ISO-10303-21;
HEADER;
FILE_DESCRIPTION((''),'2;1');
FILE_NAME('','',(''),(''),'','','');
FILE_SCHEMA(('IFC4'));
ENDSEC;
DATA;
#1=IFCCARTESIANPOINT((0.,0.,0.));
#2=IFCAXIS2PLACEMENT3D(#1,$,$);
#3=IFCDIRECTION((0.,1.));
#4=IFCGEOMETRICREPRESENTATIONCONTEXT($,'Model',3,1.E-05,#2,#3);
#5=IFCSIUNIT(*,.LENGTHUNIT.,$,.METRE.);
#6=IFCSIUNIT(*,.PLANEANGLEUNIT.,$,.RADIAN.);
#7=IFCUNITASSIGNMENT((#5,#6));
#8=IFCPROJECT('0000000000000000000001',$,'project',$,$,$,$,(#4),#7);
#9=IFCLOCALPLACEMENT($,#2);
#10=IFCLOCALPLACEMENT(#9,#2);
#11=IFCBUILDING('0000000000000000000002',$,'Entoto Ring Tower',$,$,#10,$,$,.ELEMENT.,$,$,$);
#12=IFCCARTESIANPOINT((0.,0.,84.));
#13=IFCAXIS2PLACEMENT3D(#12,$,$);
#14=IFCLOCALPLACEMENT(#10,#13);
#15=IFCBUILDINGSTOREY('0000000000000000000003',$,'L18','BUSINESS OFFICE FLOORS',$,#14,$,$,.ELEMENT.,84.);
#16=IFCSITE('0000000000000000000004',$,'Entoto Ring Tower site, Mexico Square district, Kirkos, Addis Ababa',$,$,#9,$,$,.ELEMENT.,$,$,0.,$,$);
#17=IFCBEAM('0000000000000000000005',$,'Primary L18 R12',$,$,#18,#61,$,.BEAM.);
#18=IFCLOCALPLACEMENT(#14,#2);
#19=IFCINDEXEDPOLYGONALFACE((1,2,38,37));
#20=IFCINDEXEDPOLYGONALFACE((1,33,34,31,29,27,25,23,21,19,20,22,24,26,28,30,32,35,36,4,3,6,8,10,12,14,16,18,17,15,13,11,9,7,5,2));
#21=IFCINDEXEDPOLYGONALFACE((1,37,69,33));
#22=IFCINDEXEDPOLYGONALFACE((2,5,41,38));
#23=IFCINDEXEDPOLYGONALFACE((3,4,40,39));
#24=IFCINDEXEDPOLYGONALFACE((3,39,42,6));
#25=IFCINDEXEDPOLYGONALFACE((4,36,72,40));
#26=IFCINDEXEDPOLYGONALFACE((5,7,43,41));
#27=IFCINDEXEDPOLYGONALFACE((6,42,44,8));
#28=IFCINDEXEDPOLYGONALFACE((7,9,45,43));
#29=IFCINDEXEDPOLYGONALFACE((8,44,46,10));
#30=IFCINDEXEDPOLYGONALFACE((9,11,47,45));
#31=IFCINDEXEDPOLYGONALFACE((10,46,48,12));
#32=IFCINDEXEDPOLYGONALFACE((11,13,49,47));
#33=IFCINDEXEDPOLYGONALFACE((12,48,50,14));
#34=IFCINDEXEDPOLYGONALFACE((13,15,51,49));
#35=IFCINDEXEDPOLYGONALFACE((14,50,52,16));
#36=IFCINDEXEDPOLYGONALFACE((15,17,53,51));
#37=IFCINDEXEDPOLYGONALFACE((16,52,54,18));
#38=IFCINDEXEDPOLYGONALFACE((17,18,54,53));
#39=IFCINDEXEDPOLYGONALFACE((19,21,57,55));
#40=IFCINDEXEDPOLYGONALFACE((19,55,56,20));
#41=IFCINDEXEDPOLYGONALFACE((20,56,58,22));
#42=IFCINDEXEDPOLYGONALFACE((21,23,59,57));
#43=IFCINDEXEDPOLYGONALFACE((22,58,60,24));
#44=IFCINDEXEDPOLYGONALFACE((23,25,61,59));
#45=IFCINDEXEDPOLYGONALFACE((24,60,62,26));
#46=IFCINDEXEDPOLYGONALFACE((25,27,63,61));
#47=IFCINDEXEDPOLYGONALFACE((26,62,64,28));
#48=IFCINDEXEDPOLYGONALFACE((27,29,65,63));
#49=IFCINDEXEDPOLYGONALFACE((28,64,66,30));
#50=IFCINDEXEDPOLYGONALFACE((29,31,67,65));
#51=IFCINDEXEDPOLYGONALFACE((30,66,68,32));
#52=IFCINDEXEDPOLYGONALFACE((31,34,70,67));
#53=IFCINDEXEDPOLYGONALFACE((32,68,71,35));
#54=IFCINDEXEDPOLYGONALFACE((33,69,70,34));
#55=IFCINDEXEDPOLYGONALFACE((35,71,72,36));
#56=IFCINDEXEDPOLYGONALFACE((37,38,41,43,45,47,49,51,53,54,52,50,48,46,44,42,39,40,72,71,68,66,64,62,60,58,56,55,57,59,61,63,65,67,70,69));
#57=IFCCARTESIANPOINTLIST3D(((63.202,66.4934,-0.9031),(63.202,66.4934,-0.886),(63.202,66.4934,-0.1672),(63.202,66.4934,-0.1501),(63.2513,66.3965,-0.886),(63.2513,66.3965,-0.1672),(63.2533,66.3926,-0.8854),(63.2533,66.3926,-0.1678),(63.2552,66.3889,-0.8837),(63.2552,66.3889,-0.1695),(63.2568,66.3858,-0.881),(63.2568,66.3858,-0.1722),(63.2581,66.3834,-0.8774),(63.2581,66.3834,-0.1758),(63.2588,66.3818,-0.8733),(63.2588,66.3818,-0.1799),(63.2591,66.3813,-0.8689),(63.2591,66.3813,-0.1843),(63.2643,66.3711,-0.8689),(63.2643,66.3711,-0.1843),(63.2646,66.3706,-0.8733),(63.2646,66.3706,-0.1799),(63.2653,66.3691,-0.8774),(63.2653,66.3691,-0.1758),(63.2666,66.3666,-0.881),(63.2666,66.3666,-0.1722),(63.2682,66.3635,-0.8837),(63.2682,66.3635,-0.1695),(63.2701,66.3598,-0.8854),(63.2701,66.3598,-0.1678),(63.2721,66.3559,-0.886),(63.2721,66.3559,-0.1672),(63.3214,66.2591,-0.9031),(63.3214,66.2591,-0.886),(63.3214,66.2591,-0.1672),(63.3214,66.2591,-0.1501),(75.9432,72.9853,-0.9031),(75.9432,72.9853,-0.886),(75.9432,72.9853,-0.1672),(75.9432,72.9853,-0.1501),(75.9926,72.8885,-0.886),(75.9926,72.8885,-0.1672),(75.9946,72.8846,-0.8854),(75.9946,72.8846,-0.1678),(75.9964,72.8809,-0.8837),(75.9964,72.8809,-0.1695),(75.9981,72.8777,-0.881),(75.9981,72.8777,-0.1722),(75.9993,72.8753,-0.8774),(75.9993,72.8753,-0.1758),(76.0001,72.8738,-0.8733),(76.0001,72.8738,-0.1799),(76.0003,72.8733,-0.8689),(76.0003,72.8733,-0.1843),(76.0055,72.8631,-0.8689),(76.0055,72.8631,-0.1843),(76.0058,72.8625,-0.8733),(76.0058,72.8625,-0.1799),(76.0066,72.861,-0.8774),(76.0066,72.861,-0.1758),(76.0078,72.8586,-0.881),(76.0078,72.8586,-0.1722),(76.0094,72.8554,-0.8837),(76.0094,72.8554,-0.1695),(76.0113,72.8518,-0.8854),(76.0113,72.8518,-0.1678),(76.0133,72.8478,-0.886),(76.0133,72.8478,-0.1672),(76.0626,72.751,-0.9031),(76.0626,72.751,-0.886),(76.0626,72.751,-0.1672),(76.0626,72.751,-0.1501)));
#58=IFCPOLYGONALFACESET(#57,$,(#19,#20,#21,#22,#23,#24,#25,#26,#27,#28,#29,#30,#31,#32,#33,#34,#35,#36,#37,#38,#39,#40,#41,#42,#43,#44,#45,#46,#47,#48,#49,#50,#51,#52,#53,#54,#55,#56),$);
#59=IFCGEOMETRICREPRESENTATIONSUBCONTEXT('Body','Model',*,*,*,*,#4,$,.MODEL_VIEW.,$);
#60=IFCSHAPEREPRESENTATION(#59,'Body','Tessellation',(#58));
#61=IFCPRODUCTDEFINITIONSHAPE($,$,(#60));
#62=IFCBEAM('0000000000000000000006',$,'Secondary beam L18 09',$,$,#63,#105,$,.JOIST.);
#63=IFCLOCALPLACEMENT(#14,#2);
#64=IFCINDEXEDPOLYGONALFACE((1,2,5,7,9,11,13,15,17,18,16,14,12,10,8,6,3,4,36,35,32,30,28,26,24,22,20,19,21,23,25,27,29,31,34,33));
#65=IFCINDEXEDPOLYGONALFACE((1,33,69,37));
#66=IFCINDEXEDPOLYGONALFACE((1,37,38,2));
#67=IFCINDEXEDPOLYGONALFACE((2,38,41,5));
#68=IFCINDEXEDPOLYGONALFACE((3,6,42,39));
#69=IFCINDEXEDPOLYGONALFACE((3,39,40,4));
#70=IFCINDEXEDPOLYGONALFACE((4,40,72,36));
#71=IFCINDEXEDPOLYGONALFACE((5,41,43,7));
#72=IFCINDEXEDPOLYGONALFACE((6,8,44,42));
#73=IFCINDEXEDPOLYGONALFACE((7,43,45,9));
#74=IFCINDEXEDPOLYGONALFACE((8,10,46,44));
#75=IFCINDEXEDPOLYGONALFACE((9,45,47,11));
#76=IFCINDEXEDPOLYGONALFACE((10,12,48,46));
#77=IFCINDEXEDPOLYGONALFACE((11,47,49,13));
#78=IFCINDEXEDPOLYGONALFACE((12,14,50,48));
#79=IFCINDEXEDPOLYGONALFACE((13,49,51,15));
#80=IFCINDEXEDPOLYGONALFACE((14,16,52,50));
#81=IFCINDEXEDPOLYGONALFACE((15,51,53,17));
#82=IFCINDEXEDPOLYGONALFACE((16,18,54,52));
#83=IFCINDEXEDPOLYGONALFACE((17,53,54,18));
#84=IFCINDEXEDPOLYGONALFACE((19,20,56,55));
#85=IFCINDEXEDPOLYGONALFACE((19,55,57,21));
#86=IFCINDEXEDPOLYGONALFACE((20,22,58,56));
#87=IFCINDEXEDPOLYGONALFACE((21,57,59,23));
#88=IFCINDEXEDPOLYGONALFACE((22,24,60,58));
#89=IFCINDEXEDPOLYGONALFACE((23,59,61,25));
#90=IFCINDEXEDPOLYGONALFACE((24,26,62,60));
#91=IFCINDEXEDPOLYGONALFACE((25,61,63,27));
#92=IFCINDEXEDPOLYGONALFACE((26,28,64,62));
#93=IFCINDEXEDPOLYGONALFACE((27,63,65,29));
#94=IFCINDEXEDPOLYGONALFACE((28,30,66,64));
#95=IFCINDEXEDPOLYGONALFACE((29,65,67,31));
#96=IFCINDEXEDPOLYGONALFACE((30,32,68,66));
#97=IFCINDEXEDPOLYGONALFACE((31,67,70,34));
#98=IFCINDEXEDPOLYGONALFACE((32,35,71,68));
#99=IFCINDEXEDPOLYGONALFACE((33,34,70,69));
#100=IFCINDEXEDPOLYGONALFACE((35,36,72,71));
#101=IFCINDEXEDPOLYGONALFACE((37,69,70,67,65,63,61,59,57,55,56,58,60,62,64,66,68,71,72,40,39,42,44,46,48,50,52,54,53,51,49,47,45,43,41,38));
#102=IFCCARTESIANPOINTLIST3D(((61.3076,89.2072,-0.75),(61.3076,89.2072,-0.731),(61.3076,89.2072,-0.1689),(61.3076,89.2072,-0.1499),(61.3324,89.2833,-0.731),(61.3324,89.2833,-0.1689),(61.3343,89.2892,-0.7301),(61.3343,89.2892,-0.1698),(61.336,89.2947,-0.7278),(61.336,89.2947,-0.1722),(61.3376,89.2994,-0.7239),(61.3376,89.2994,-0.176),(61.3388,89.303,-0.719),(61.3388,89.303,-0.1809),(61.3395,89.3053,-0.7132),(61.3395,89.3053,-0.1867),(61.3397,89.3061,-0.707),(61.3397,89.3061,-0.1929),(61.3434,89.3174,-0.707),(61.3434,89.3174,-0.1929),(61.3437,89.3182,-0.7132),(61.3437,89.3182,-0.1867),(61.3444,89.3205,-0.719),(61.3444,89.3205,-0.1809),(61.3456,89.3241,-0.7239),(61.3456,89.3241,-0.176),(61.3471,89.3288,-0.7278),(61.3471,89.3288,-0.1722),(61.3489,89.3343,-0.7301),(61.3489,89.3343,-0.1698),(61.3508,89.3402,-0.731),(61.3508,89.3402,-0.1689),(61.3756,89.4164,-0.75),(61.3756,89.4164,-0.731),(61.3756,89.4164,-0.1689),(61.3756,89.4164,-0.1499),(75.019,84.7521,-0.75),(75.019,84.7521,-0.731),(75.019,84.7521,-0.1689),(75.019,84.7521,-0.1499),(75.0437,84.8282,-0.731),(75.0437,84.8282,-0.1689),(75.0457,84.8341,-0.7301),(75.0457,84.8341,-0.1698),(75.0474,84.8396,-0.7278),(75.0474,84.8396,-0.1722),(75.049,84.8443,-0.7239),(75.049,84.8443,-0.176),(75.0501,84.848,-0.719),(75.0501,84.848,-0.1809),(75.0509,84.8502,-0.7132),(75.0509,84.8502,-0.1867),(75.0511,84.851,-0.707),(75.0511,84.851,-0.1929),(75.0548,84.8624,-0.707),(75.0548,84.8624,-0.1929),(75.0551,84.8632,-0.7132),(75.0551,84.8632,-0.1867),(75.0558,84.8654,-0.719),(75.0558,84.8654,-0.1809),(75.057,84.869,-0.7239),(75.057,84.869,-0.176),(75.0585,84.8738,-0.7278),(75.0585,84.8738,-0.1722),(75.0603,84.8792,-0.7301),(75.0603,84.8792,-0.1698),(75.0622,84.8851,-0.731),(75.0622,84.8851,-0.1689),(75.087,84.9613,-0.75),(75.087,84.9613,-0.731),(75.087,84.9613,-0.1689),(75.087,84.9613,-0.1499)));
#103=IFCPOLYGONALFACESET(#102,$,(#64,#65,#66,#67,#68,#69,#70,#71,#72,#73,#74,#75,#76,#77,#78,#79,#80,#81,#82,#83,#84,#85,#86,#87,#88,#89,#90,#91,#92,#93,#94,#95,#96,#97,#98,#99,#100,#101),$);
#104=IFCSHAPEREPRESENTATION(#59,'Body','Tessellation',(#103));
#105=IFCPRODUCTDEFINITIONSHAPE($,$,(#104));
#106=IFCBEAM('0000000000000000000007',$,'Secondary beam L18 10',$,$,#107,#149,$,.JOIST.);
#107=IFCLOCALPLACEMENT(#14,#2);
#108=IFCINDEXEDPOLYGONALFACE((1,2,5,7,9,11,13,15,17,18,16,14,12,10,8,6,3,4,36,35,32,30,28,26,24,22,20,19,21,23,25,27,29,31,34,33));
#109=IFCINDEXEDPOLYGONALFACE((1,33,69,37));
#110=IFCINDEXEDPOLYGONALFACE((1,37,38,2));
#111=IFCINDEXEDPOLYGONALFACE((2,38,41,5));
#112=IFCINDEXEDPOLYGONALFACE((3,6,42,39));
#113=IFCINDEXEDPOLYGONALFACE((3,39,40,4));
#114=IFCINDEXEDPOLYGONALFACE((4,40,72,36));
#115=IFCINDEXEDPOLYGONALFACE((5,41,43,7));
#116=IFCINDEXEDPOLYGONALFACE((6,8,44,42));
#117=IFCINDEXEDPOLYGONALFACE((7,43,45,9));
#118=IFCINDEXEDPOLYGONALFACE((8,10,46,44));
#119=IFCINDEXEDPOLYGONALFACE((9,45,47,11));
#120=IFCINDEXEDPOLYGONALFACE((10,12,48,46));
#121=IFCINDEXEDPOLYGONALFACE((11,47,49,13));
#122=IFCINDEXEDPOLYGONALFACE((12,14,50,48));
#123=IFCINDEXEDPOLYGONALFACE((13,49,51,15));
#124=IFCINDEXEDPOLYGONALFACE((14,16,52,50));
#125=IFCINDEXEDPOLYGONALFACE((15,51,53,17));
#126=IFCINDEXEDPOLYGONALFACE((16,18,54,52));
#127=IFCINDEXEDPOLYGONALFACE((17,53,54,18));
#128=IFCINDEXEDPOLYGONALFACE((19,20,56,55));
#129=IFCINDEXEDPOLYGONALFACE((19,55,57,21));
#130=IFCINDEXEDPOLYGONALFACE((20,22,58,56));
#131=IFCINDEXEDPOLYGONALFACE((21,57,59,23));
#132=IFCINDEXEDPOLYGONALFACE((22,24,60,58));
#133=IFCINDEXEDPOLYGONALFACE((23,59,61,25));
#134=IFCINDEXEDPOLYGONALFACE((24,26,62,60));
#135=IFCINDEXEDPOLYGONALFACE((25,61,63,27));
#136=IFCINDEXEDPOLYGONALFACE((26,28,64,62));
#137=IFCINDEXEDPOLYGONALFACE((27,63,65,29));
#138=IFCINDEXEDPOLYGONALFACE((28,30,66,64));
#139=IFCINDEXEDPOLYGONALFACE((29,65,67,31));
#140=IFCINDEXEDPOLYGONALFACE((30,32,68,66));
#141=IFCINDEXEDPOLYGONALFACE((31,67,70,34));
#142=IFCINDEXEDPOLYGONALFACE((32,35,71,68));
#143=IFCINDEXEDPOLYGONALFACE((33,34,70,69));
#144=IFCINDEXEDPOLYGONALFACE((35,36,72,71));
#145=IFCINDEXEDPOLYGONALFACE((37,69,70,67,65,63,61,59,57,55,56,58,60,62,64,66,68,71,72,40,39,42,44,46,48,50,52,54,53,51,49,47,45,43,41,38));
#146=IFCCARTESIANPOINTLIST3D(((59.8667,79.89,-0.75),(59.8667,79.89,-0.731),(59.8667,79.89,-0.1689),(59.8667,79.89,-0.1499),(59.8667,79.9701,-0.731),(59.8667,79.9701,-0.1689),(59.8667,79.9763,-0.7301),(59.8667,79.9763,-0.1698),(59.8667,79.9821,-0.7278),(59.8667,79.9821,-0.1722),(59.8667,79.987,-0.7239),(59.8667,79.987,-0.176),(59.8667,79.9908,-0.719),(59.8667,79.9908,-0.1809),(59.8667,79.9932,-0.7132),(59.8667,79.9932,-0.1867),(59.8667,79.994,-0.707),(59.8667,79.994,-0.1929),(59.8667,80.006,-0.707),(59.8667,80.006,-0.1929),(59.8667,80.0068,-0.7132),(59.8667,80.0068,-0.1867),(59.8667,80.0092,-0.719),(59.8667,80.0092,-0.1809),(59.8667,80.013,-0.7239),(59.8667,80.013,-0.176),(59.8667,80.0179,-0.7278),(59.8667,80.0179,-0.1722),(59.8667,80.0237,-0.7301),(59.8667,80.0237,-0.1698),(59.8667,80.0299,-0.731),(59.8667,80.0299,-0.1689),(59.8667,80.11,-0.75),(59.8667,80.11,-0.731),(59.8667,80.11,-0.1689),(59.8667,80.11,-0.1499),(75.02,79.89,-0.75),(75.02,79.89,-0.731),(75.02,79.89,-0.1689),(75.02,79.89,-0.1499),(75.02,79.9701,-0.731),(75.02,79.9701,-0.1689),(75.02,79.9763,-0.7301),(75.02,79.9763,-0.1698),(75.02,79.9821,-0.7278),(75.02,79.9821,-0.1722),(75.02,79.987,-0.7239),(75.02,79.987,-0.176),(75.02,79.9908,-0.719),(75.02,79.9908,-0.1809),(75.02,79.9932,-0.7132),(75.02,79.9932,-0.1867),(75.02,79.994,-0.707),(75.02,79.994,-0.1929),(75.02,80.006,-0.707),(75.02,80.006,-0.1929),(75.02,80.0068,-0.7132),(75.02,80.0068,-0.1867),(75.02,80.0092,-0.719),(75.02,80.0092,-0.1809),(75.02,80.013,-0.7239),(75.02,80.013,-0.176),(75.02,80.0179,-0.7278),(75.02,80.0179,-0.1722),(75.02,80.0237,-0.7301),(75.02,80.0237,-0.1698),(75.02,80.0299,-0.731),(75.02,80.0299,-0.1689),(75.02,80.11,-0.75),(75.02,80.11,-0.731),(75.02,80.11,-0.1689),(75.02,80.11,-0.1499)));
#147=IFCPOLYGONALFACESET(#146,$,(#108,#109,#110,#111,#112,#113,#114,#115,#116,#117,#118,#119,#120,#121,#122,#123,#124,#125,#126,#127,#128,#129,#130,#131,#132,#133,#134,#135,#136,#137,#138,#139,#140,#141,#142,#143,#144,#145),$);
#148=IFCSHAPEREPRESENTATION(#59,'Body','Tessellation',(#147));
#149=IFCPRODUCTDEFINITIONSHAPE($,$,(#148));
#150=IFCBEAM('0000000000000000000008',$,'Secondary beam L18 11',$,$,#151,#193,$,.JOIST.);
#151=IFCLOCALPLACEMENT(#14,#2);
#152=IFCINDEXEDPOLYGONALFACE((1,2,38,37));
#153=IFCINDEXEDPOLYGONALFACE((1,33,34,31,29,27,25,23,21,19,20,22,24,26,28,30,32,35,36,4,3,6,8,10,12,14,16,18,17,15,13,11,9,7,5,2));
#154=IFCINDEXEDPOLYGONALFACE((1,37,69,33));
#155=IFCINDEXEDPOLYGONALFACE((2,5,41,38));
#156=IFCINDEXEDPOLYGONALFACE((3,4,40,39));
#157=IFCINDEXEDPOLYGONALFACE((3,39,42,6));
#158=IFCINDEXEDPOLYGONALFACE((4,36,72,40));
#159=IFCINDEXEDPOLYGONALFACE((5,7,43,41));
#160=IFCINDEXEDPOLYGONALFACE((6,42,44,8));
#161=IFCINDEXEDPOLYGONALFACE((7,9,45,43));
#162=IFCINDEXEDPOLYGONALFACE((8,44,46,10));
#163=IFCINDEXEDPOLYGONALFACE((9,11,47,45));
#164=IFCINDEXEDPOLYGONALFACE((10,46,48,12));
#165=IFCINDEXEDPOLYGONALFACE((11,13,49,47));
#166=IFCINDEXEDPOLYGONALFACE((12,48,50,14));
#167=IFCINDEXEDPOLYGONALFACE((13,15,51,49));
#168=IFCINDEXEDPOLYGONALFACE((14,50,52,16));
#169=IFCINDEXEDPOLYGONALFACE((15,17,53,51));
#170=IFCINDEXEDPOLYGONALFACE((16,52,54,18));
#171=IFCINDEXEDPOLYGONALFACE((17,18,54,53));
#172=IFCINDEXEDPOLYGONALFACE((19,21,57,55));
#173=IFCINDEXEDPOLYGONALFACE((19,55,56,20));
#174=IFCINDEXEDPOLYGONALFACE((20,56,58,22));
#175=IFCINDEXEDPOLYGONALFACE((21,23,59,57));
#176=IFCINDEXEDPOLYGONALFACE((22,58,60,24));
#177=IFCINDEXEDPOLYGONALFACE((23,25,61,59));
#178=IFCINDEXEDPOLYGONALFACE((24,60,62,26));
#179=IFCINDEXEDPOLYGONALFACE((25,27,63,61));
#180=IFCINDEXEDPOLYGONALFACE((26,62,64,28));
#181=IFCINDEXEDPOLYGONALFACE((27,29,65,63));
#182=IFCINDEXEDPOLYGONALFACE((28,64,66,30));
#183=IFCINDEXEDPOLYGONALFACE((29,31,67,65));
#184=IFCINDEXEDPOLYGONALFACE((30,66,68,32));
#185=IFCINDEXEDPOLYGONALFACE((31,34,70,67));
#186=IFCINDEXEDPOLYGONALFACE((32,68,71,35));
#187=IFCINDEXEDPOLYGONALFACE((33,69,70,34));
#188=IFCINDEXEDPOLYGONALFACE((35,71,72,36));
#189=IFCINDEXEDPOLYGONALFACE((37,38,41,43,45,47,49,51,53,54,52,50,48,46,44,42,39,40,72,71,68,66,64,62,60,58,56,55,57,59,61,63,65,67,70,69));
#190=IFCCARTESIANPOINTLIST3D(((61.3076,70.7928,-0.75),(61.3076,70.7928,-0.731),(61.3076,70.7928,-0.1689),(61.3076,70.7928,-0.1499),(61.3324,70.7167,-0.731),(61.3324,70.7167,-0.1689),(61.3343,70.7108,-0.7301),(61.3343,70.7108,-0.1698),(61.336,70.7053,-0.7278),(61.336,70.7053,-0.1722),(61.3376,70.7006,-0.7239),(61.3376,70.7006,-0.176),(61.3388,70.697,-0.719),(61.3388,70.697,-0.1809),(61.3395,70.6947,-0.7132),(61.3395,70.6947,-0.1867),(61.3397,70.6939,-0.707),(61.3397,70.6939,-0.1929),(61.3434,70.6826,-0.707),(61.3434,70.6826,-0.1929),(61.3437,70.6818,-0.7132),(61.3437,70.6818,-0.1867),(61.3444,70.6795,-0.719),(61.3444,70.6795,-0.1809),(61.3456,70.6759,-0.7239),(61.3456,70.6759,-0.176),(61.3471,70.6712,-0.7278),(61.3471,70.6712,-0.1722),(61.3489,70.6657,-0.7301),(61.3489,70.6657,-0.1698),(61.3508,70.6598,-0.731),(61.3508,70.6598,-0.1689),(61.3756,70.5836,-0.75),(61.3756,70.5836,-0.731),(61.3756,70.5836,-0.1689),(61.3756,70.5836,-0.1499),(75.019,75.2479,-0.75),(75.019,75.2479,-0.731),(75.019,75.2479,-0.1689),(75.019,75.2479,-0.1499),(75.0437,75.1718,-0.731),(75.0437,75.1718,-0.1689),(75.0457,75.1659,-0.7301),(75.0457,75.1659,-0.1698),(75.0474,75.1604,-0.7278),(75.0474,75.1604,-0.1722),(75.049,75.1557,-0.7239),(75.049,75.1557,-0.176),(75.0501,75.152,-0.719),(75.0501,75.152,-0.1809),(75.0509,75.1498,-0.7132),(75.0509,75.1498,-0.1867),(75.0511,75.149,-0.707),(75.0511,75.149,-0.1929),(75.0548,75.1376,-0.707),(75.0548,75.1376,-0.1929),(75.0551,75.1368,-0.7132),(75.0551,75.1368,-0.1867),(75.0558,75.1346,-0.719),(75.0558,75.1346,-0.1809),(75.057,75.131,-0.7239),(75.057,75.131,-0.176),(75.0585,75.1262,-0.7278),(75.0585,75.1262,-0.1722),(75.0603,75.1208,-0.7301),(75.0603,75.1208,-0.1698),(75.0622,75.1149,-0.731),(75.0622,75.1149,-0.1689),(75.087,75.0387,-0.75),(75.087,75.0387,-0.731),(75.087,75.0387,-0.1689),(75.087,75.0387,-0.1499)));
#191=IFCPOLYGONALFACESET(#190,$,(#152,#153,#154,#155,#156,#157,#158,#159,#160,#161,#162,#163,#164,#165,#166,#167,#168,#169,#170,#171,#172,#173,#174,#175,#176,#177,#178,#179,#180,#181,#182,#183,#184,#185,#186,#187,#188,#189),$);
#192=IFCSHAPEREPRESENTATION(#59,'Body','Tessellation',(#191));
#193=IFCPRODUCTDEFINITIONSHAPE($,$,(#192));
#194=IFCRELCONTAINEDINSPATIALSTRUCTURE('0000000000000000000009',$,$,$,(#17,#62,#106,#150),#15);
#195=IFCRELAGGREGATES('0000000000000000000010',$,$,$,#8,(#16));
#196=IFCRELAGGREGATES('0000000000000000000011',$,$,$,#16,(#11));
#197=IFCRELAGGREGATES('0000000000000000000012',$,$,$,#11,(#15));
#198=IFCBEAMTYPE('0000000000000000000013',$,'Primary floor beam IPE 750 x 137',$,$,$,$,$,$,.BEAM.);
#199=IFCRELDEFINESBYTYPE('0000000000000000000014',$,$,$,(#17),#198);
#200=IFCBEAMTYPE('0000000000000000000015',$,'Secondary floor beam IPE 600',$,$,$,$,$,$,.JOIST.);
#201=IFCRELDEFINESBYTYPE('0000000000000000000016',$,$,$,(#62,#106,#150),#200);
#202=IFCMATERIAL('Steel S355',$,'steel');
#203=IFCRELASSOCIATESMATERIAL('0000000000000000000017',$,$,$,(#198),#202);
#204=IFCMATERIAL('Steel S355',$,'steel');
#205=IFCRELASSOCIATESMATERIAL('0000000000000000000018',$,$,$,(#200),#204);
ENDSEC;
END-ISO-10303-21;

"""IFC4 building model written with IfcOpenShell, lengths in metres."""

from ifc_helpers import new_model, si_unit, direction, frame, origin, origin_2d, place, context, subcontext, project, spatial, i_section, extrude, material, material_profile, profile_set, type_object, element, save


model = new_model("IFC4")

# Units and contexts
model_context = context("Model", 3, precision=1e-05, world=origin(), true_north=direction((0.0, 1.0)))
body_context = subcontext(model_context, "Body", "Model", "MODEL_VIEW")
ifc_project = project(units=[si_unit("LENGTHUNIT", "METRE"), si_unit("PLANEANGLEUNIT", "RADIAN")], contexts=[model_context])

# Site, building, storey
site_placement = place(None, origin())
site = spatial("IfcSite", under=ifc_project, at=site_placement, Name="Entoto Ring Tower site, Mexico Square district, Kirkos, Addis Ababa", CompositionType="ELEMENT", RefElevation=0.0)
building_placement = place(site_placement, origin())
building = spatial("IfcBuilding", under=site, at=building_placement, Name="Entoto Ring Tower", CompositionType="ELEMENT")
storey_placement = place(building_placement, frame((0.0, 0.0, 84.0)))
storey = spatial("IfcBuildingStorey", under=building, at=storey_placement, Name="L18", Description="BUSINESS OFFICE FLOORS", CompositionType="ELEMENT", Elevation=84.0)

# Beams
ifc_material_1 = material(Name="Steel S355", Category="steel")
ifc_material_profile_1 = material_profile(ifc_material_1, i_section(OverallWidth=0.2629, OverallDepth=0.7529, WebThickness=0.0115, FlangeThickness=0.0171, FilletRadius=0.0171, at=origin_2d()), Name="IPE 750 x 137")
ifc_profile_set_1 = profile_set([ifc_material_profile_1], Name="Steel S355")
beam_type_1 = type_object("IfcBeamType", Name="Primary floor beam IPE 750 x 137", PredefinedType="BEAM", material=ifc_profile_set_1)
beam_1_placement = place(storey_placement, frame((76.0029, 72.8682, -0.5266), z_axis=(-0.891007, -0.453989, 0.0), x_axis=(0.453989, -0.891007, 0.0)))
element("IfcBeam", 1, at=beam_1_placement, inside=storey, type_object=beam_type_1, Name="Primary L18 R12", PredefinedType="BEAM", context=body_context, shape_type="SweptSolid", body=[
    extrude(i_section(OverallWidth=0.2629, OverallDepth=0.7529, WebThickness=0.0115, FlangeThickness=0.0171, FilletRadius=0.0171, at=origin_2d()), origin(), (0.0, 0.0, 1.0), 14.2998),
])
ifc_material_2 = material(Name="Steel S355", Category="steel")
ifc_material_profile_2 = material_profile(ifc_material_2, i_section(OverallWidth=0.22, OverallDepth=0.6001, WebThickness=0.012, FlangeThickness=0.019, FilletRadius=0.0239, at=origin_2d()), Name="IPE 600")
ifc_profile_set_2 = profile_set([ifc_material_profile_2], Name="Steel S355")
beam_type_2 = type_object("IfcBeamType", Name="Secondary floor beam IPE 600", PredefinedType="JOIST", material=ifc_profile_set_2)
beam_2_placement = place(storey_placement, frame((75.053, 84.8567, -0.45), z_axis=(-0.951057, 0.309015, 0.0), x_axis=(-0.309015, -0.951057, 0.0)))
element("IfcBeam", 2, at=beam_2_placement, inside=storey, type_object=beam_type_2, Name="Secondary beam L18 09", PredefinedType="JOIST", context=body_context, shape_type="SweptSolid", body=[
    extrude(i_section(OverallWidth=0.22, OverallDepth=0.6001, WebThickness=0.012, FlangeThickness=0.019, FilletRadius=0.0239, at=origin_2d()), origin(), (0.0, 0.0, 1.0), 14.417),
])
beam_3_placement = place(storey_placement, frame((75.02, 80.0, -0.45), z_axis=(-1.0, 0.0, 0.0), x_axis=(0.0, -1.0, 0.0)))
element("IfcBeam", 3, at=beam_3_placement, inside=storey, type_object=beam_type_2, Name="Secondary beam L18 10", PredefinedType="JOIST", context=body_context, shape_type="SweptSolid", body=[
    extrude(i_section(OverallWidth=0.22, OverallDepth=0.6001, WebThickness=0.012, FlangeThickness=0.019, FilletRadius=0.0239, at=origin_2d()), origin(), (0.0, 0.0, 1.0), 15.1533),
])
beam_4_placement = place(storey_placement, frame((75.053, 75.1433, -0.45), z_axis=(-0.951057, -0.309015, 0.0), x_axis=(0.309015, -0.951057, 0.0)))
element("IfcBeam", 4, at=beam_4_placement, inside=storey, type_object=beam_type_2, Name="Secondary beam L18 11", PredefinedType="JOIST", context=body_context, shape_type="SweptSolid", body=[
    extrude(i_section(OverallWidth=0.22, OverallDepth=0.6001, WebThickness=0.012, FlangeThickness=0.019, FilletRadius=0.0239, at=origin_2d()), origin(), (0.0, 0.0, 1.0), 14.417),
])

save(model, "model.ifc")
